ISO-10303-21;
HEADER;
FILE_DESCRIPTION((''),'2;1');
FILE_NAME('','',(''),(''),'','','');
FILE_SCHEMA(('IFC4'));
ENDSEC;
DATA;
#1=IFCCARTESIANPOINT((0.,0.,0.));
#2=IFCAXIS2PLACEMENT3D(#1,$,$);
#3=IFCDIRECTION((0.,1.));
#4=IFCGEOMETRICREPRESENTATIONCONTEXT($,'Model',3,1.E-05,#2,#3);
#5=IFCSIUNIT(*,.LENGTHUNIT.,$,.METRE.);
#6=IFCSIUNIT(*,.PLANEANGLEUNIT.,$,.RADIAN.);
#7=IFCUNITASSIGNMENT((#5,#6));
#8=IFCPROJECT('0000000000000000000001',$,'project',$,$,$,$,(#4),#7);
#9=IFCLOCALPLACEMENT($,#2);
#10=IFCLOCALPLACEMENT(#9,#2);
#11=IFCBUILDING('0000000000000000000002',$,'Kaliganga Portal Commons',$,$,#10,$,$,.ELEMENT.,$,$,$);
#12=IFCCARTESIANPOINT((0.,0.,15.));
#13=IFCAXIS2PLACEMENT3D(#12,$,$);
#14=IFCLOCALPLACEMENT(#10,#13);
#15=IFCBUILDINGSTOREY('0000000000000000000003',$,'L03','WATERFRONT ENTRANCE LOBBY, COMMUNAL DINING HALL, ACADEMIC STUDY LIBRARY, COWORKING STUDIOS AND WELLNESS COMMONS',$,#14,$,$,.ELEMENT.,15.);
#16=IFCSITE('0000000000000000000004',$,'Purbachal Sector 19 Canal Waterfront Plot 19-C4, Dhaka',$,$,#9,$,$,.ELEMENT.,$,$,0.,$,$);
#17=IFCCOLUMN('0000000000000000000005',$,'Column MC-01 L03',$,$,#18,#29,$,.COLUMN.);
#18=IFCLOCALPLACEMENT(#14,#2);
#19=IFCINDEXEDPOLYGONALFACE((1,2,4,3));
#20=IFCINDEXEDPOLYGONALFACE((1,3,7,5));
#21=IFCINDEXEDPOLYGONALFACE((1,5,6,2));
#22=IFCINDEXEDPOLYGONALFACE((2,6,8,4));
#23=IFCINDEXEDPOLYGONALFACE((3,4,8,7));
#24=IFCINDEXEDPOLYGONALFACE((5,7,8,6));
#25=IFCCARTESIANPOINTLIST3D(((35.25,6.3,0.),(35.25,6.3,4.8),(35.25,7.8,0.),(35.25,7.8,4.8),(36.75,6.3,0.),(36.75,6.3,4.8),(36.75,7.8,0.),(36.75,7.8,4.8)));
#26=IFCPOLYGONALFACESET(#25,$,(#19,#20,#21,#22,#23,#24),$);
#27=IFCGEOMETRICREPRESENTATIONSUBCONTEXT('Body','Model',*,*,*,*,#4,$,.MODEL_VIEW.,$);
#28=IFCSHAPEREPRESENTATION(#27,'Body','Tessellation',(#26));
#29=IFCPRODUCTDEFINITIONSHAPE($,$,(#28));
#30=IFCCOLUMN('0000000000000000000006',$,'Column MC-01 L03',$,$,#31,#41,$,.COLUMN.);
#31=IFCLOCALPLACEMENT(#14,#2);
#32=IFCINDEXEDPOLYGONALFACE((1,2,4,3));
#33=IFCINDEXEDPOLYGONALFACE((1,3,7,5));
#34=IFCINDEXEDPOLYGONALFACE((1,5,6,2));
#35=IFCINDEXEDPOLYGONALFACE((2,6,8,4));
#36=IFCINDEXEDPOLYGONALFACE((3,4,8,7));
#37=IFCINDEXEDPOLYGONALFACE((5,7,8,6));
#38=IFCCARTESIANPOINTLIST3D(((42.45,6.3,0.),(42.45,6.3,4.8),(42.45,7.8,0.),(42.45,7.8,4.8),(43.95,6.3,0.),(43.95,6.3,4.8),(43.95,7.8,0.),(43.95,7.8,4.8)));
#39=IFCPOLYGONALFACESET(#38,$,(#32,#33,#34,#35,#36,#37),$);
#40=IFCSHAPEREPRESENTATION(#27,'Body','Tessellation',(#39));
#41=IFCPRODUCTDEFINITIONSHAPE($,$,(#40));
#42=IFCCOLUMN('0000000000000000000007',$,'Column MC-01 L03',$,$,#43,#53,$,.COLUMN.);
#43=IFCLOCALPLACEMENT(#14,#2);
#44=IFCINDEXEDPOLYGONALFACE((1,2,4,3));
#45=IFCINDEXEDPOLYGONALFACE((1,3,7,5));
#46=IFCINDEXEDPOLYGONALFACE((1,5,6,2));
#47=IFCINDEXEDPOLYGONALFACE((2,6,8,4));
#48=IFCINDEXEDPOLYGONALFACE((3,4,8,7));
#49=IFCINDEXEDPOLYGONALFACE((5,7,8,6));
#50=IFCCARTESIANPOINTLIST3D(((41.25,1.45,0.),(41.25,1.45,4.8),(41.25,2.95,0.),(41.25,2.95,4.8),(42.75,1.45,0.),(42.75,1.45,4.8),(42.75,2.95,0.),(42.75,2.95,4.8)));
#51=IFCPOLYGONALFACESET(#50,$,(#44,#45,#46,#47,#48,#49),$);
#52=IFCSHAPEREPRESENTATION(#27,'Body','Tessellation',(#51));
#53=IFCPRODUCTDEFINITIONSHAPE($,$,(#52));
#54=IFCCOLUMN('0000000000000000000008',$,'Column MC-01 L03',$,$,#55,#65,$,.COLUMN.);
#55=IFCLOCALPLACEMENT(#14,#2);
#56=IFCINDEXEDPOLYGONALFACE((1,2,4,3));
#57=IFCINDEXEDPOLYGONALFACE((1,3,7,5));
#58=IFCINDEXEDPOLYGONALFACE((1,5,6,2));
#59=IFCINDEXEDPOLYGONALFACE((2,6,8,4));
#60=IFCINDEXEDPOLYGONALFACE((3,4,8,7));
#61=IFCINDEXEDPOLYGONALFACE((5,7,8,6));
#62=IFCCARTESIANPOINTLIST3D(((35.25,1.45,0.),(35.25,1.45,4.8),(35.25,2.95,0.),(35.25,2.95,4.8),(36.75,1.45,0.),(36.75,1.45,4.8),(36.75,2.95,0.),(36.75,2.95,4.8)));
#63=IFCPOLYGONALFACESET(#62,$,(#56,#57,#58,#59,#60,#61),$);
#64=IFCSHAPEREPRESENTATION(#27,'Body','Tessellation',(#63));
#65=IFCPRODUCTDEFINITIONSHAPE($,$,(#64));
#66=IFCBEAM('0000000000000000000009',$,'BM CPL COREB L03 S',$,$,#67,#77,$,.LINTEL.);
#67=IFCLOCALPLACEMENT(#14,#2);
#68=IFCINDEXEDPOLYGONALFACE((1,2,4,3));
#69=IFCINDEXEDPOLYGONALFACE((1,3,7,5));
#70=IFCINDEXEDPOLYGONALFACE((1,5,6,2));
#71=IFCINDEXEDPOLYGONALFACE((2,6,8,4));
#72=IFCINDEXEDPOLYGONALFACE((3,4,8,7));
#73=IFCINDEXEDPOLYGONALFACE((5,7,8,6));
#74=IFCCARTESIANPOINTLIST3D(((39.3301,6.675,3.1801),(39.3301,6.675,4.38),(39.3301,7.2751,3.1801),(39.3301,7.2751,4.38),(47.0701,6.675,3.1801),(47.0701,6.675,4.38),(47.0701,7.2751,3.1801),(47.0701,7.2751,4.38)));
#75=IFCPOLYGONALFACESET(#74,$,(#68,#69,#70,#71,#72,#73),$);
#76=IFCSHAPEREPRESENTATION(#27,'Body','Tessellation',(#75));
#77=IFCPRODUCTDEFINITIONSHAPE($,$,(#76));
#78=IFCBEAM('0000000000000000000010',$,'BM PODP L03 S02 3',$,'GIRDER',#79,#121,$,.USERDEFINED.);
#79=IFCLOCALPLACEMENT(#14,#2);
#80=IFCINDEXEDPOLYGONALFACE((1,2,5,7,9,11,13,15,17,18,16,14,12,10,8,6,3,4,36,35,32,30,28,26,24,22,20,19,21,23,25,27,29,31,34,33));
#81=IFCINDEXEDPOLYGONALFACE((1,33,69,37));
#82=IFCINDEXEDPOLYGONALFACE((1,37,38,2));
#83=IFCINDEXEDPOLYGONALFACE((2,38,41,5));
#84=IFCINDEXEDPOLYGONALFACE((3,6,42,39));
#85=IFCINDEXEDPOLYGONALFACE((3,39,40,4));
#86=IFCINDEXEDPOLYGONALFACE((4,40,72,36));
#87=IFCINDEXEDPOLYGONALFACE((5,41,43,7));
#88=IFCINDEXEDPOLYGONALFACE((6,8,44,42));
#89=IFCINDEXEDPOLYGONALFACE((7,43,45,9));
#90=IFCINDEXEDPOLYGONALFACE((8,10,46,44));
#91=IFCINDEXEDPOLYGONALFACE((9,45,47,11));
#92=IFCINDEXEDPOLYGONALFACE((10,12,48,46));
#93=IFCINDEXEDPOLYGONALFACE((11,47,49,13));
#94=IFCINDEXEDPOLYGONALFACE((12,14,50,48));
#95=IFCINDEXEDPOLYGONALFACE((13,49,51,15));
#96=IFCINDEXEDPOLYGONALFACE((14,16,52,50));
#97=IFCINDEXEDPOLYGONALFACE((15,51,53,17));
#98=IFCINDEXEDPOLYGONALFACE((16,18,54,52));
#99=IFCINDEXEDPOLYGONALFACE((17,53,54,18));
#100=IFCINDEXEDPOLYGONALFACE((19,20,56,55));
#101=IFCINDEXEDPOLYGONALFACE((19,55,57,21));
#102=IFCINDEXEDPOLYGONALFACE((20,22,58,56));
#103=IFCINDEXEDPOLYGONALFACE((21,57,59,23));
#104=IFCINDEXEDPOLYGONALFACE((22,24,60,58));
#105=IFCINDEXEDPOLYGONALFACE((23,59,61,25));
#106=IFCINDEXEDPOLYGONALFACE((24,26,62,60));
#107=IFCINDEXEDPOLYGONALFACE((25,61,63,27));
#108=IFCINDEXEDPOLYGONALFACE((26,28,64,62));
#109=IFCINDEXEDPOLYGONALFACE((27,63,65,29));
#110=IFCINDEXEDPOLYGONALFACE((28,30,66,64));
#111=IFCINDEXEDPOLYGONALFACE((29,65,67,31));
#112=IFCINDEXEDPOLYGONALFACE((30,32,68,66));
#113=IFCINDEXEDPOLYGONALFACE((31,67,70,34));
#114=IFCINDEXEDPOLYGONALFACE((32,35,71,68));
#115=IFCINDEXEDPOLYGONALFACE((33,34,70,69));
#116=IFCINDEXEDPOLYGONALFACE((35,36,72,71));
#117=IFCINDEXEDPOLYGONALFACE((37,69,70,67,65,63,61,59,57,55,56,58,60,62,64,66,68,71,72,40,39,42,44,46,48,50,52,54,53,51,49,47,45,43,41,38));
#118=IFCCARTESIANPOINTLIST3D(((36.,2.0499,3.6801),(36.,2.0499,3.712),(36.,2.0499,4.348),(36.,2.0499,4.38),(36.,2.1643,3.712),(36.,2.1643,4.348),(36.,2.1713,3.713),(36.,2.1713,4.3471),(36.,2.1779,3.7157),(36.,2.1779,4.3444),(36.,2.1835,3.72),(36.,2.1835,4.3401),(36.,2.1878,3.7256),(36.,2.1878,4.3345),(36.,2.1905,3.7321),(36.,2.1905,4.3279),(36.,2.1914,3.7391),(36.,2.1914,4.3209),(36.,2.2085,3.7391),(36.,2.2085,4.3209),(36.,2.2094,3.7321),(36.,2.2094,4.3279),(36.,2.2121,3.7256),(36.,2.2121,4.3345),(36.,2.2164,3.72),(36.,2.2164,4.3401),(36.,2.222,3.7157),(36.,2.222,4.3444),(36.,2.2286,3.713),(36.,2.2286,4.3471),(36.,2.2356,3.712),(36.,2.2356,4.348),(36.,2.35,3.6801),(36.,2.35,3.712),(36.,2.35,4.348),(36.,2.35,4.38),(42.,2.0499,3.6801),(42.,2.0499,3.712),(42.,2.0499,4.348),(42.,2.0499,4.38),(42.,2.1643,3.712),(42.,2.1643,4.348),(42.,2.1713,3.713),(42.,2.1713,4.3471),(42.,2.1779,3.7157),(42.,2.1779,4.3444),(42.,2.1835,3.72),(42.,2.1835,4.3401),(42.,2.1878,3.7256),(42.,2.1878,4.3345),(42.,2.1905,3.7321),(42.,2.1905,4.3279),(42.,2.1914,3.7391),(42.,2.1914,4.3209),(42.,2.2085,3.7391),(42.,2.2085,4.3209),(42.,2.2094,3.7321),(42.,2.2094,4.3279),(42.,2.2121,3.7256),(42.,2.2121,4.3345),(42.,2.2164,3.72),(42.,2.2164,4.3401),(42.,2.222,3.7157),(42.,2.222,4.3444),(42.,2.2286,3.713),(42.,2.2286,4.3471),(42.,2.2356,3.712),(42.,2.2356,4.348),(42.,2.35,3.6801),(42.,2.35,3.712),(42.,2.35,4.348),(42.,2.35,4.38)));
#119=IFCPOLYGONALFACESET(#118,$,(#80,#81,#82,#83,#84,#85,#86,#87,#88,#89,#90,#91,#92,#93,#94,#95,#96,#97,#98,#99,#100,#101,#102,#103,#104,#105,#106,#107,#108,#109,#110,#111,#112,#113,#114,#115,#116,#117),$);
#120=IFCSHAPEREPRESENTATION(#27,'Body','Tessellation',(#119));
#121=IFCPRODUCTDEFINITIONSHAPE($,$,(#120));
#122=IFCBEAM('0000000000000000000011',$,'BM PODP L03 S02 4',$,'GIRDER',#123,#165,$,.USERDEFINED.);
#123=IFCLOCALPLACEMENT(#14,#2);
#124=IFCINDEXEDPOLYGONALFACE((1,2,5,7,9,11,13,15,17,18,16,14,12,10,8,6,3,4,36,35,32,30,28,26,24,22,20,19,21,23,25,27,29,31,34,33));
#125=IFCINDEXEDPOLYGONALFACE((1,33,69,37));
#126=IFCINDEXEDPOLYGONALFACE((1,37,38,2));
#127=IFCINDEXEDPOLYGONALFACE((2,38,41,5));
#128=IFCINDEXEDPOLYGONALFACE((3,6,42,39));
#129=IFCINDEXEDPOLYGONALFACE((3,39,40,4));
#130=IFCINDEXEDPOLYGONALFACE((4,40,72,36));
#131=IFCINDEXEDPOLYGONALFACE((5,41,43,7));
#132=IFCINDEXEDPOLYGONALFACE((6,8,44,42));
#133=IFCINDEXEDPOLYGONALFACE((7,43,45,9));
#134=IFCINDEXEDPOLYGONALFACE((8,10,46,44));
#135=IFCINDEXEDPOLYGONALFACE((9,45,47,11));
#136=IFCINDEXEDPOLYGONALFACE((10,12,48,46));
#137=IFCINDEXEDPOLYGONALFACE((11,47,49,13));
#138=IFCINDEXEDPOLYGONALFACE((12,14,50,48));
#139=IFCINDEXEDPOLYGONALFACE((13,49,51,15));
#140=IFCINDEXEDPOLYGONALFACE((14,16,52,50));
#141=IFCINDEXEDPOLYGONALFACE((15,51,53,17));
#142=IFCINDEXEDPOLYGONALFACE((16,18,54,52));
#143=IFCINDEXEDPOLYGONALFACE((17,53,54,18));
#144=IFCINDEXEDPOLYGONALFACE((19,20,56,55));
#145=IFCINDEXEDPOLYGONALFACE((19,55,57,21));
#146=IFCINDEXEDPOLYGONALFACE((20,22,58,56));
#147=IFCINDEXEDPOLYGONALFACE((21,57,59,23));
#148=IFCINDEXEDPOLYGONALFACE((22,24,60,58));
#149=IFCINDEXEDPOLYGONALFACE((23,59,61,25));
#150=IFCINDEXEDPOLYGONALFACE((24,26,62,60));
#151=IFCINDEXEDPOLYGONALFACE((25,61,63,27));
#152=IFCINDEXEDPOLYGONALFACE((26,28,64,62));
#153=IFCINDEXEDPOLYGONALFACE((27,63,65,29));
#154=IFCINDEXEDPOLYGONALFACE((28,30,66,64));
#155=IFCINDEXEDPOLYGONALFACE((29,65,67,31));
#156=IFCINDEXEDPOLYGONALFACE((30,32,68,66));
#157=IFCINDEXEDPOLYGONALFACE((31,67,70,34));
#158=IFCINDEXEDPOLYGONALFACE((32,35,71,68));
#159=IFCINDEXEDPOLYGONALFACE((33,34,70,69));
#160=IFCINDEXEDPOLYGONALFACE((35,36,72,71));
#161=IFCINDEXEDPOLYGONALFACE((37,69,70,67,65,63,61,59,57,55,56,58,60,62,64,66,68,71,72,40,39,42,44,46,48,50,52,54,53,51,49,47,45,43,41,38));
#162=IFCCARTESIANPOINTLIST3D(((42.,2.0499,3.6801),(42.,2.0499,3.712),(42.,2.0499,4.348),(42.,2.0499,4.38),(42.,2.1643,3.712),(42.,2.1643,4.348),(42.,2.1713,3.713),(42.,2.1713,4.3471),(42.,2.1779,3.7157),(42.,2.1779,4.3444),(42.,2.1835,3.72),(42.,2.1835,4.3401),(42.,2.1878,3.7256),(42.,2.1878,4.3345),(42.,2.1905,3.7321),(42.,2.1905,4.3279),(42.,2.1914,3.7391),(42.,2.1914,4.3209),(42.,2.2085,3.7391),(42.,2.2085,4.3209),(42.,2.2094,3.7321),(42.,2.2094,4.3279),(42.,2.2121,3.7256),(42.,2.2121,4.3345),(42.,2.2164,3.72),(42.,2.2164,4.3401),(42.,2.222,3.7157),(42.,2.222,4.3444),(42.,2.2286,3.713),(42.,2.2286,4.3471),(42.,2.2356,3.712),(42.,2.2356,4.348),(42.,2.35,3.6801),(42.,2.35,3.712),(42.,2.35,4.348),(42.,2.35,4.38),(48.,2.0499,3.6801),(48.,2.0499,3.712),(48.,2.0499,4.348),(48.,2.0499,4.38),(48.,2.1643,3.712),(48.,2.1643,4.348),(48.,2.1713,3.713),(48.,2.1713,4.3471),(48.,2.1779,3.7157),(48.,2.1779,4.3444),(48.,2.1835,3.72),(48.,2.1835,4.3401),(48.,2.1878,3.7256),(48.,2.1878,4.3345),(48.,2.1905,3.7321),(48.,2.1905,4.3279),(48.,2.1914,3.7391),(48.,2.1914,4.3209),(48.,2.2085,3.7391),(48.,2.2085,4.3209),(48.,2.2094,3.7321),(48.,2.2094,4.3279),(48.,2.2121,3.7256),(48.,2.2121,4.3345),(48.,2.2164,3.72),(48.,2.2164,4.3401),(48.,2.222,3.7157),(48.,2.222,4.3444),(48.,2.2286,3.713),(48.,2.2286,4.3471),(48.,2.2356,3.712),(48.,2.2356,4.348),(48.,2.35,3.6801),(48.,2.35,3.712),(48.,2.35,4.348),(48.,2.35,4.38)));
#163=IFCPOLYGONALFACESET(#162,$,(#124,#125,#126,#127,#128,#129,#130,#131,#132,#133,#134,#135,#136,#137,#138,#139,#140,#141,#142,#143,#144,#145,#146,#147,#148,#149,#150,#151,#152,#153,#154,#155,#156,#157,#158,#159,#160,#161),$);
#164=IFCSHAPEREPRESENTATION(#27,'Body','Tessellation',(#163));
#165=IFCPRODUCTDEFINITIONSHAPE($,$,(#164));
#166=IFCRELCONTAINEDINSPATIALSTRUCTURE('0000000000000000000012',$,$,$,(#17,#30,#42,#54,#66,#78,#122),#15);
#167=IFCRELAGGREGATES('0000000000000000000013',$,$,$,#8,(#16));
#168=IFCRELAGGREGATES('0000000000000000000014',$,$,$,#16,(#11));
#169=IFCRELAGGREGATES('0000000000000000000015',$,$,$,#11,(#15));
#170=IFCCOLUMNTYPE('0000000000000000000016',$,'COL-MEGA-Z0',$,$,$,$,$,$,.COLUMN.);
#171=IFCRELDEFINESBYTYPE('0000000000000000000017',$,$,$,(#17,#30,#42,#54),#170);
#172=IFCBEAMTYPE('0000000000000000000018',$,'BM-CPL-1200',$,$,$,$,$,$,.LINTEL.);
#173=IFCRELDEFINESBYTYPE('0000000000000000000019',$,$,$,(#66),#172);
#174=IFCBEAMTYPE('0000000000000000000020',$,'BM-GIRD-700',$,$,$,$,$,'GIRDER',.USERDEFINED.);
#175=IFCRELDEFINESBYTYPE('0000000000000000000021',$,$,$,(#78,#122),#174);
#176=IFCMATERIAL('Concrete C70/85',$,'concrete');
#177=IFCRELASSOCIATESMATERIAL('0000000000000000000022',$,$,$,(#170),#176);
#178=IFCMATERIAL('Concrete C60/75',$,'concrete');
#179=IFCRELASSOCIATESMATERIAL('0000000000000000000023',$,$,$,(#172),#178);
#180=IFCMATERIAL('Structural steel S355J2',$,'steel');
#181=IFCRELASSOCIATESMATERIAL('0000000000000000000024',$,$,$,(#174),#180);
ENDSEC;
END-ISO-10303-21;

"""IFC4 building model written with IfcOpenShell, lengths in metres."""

from ifc_helpers import new_model, si_unit, direction, frame, origin, origin_2d, place, context, subcontext, project, spatial, rectangle, i_section, extrude, source, transform, mapped, material, material_profile, profile_set, type_object, element, save


model = new_model("IFC4")

# Units and contexts
model_context = context("Model", 3, precision=1e-05, world=origin(), true_north=direction((0.0, 1.0)))
body_context = subcontext(model_context, "Body", "Model", "MODEL_VIEW")
ifc_project = project(units=[si_unit("LENGTHUNIT", "METRE"), si_unit("PLANEANGLEUNIT", "RADIAN")], contexts=[model_context])

# Site, building, storey
site_placement = place(None, origin())
site = spatial("IfcSite", under=ifc_project, at=site_placement, Name="Purbachal Sector 19 Canal Waterfront Plot 19-C4, Dhaka", CompositionType="ELEMENT", RefElevation=0.0)
building_placement = place(site_placement, origin())
building = spatial("IfcBuilding", under=site, at=building_placement, Name="Kaliganga Portal Commons", CompositionType="ELEMENT")
storey_placement = place(building_placement, frame((0.0, 0.0, 15.0)))
storey = spatial("IfcBuildingStorey", under=building, at=storey_placement, Name="L03", Description="WATERFRONT ENTRANCE LOBBY, COMMUNAL DINING HALL, ACADEMIC STUDY LIBRARY, COWORKING STUDIOS AND WELLNESS COMMONS", CompositionType="ELEMENT", Elevation=15.0)

# Columns
ifc_material_1 = material(Name="Concrete C70/85", Category="concrete")
ifc_material_profile_1 = material_profile(ifc_material_1, rectangle(XDim=1.5, YDim=1.5, at=origin_2d()), Name="RC 1500x1500")
ifc_profile_set_1 = profile_set([ifc_material_profile_1], Name="Concrete C70/85")
column_type = type_object("IfcColumnType", Name="COL-MEGA-Z0", PredefinedType="COLUMN", material=ifc_profile_set_1)
shared_shape_1 = source(origin(), body_context, "Body", "SweptSolid", [
    extrude(rectangle(XDim=1.5, YDim=1.5, at=origin_2d()), origin(), (0.0, 0.0, 1.0), 4.8),
])
for number, where, z_axis, x_axis, name in (
    (1, (36.0, 7.05, 0.0), (0.0, 0.0, 1.0), (1.0, 0.0, 0.0), "Column MC-01 L03"),
    (2, (43.2, 7.05, 0.0), (0.0, 0.0, 1.0), (1.0, 0.0, 0.0), "Column MC-01 L03"),
    (3, (42.0, 2.2, 0.0), (0.0, 0.0, 1.0), (1.0, 0.0, 0.0), "Column MC-01 L03"),
    (4, (36.0, 2.2, 0.0), (0.0, 0.0, 1.0), (1.0, 0.0, 0.0), "Column MC-01 L03"),
):
    element("IfcColumn", number, at=place(storey_placement, frame(where, z_axis=z_axis, x_axis=x_axis)), inside=storey, type_object=column_type, Name=name, PredefinedType="COLUMN", context=body_context, shape_type="MappedRepresentation", body=[
        mapped(shared_shape_1, transform((0.0, 0.0, 0.0), x_axis=(1.0, 0.0, 0.0), y_axis=(0.0, 1.0, 0.0), z_axis=(0.0, 0.0, 1.0), scale=1.0)),
    ])

# Beams
ifc_material_2 = material(Name="Concrete C60/75", Category="concrete")
ifc_material_profile_2 = material_profile(ifc_material_2, rectangle(XDim=0.6001, YDim=1.2, at=origin_2d()), Name="RC 600x1200")
ifc_profile_set_2 = profile_set([ifc_material_profile_2], Name="Concrete C60/75")
beam_type_1 = type_object("IfcBeamType", Name="BM-CPL-1200", PredefinedType="LINTEL", material=ifc_profile_set_2)
shared_shape_2 = source(origin(), body_context, "Body", "SweptSolid", [
    extrude(rectangle(XDim=0.6001, YDim=1.2, at=origin_2d()), origin(), (0.0, 0.0, 1.0), 7.74),
])
beam_1_placement = place(storey_placement, frame((39.3301, 6.9751, 3.78), z_axis=(1.0, 0.0, 0.0), x_axis=(0.0, 1.0, 0.0)))
element("IfcBeam", 5, at=beam_1_placement, inside=storey, type_object=beam_type_1, Name="BM CPL COREB L03 S", PredefinedType="LINTEL", context=body_context, shape_type="MappedRepresentation", body=[
    mapped(shared_shape_2, transform((0.0, 0.0, 0.0), x_axis=(1.0, 0.0, 0.0), y_axis=(0.0, 1.0, 0.0), z_axis=(0.0, 0.0, 1.0), scale=1.0)),
])
ifc_material_3 = material(Name="Structural steel S355J2", Category="steel")
ifc_material_profile_3 = material_profile(ifc_material_3, i_section(OverallWidth=0.3, OverallDepth=0.7, WebThickness=0.0171, FlangeThickness=0.032, FilletRadius=0.0271, at=origin_2d()), Name="HE 700 B")
ifc_profile_set_3 = profile_set([ifc_material_profile_3], Name="Structural steel S355J2 wide-flange")
beam_type_2 = type_object("IfcBeamType", Name="BM-GIRD-700", ElementType="GIRDER", PredefinedType="USERDEFINED", material=ifc_profile_set_3)
shared_shape_3 = source(origin(), body_context, "Body", "SweptSolid", [
    extrude(i_section(OverallWidth=0.3, OverallDepth=0.7, WebThickness=0.0171, FlangeThickness=0.032, FilletRadius=0.0271, at=origin_2d()), origin(), (0.0, 0.0, 1.0), 6.0),
])
for number, where, z_axis, x_axis, name in (
    (6, (36.0, 2.2, 4.03), (1.0, 0.0, 0.0), (0.0, 1.0, 0.0), "BM PODP L03 S02 3"),
    (7, (42.0, 2.2, 4.03), (1.0, 0.0, 0.0), (0.0, 1.0, 0.0), "BM PODP L03 S02 4"),
):
    element("IfcBeam", number, at=place(storey_placement, frame(where, z_axis=z_axis, x_axis=x_axis)), inside=storey, type_object=beam_type_2, Name=name, ObjectType="GIRDER", PredefinedType="USERDEFINED", context=body_context, shape_type="MappedRepresentation", body=[
        mapped(shared_shape_3, transform((0.0, 0.0, 0.0), x_axis=(1.0, 0.0, 0.0), y_axis=(0.0, 1.0, 0.0), z_axis=(0.0, 0.0, 1.0), scale=1.0)),
    ])

save(model, "model.ifc")
